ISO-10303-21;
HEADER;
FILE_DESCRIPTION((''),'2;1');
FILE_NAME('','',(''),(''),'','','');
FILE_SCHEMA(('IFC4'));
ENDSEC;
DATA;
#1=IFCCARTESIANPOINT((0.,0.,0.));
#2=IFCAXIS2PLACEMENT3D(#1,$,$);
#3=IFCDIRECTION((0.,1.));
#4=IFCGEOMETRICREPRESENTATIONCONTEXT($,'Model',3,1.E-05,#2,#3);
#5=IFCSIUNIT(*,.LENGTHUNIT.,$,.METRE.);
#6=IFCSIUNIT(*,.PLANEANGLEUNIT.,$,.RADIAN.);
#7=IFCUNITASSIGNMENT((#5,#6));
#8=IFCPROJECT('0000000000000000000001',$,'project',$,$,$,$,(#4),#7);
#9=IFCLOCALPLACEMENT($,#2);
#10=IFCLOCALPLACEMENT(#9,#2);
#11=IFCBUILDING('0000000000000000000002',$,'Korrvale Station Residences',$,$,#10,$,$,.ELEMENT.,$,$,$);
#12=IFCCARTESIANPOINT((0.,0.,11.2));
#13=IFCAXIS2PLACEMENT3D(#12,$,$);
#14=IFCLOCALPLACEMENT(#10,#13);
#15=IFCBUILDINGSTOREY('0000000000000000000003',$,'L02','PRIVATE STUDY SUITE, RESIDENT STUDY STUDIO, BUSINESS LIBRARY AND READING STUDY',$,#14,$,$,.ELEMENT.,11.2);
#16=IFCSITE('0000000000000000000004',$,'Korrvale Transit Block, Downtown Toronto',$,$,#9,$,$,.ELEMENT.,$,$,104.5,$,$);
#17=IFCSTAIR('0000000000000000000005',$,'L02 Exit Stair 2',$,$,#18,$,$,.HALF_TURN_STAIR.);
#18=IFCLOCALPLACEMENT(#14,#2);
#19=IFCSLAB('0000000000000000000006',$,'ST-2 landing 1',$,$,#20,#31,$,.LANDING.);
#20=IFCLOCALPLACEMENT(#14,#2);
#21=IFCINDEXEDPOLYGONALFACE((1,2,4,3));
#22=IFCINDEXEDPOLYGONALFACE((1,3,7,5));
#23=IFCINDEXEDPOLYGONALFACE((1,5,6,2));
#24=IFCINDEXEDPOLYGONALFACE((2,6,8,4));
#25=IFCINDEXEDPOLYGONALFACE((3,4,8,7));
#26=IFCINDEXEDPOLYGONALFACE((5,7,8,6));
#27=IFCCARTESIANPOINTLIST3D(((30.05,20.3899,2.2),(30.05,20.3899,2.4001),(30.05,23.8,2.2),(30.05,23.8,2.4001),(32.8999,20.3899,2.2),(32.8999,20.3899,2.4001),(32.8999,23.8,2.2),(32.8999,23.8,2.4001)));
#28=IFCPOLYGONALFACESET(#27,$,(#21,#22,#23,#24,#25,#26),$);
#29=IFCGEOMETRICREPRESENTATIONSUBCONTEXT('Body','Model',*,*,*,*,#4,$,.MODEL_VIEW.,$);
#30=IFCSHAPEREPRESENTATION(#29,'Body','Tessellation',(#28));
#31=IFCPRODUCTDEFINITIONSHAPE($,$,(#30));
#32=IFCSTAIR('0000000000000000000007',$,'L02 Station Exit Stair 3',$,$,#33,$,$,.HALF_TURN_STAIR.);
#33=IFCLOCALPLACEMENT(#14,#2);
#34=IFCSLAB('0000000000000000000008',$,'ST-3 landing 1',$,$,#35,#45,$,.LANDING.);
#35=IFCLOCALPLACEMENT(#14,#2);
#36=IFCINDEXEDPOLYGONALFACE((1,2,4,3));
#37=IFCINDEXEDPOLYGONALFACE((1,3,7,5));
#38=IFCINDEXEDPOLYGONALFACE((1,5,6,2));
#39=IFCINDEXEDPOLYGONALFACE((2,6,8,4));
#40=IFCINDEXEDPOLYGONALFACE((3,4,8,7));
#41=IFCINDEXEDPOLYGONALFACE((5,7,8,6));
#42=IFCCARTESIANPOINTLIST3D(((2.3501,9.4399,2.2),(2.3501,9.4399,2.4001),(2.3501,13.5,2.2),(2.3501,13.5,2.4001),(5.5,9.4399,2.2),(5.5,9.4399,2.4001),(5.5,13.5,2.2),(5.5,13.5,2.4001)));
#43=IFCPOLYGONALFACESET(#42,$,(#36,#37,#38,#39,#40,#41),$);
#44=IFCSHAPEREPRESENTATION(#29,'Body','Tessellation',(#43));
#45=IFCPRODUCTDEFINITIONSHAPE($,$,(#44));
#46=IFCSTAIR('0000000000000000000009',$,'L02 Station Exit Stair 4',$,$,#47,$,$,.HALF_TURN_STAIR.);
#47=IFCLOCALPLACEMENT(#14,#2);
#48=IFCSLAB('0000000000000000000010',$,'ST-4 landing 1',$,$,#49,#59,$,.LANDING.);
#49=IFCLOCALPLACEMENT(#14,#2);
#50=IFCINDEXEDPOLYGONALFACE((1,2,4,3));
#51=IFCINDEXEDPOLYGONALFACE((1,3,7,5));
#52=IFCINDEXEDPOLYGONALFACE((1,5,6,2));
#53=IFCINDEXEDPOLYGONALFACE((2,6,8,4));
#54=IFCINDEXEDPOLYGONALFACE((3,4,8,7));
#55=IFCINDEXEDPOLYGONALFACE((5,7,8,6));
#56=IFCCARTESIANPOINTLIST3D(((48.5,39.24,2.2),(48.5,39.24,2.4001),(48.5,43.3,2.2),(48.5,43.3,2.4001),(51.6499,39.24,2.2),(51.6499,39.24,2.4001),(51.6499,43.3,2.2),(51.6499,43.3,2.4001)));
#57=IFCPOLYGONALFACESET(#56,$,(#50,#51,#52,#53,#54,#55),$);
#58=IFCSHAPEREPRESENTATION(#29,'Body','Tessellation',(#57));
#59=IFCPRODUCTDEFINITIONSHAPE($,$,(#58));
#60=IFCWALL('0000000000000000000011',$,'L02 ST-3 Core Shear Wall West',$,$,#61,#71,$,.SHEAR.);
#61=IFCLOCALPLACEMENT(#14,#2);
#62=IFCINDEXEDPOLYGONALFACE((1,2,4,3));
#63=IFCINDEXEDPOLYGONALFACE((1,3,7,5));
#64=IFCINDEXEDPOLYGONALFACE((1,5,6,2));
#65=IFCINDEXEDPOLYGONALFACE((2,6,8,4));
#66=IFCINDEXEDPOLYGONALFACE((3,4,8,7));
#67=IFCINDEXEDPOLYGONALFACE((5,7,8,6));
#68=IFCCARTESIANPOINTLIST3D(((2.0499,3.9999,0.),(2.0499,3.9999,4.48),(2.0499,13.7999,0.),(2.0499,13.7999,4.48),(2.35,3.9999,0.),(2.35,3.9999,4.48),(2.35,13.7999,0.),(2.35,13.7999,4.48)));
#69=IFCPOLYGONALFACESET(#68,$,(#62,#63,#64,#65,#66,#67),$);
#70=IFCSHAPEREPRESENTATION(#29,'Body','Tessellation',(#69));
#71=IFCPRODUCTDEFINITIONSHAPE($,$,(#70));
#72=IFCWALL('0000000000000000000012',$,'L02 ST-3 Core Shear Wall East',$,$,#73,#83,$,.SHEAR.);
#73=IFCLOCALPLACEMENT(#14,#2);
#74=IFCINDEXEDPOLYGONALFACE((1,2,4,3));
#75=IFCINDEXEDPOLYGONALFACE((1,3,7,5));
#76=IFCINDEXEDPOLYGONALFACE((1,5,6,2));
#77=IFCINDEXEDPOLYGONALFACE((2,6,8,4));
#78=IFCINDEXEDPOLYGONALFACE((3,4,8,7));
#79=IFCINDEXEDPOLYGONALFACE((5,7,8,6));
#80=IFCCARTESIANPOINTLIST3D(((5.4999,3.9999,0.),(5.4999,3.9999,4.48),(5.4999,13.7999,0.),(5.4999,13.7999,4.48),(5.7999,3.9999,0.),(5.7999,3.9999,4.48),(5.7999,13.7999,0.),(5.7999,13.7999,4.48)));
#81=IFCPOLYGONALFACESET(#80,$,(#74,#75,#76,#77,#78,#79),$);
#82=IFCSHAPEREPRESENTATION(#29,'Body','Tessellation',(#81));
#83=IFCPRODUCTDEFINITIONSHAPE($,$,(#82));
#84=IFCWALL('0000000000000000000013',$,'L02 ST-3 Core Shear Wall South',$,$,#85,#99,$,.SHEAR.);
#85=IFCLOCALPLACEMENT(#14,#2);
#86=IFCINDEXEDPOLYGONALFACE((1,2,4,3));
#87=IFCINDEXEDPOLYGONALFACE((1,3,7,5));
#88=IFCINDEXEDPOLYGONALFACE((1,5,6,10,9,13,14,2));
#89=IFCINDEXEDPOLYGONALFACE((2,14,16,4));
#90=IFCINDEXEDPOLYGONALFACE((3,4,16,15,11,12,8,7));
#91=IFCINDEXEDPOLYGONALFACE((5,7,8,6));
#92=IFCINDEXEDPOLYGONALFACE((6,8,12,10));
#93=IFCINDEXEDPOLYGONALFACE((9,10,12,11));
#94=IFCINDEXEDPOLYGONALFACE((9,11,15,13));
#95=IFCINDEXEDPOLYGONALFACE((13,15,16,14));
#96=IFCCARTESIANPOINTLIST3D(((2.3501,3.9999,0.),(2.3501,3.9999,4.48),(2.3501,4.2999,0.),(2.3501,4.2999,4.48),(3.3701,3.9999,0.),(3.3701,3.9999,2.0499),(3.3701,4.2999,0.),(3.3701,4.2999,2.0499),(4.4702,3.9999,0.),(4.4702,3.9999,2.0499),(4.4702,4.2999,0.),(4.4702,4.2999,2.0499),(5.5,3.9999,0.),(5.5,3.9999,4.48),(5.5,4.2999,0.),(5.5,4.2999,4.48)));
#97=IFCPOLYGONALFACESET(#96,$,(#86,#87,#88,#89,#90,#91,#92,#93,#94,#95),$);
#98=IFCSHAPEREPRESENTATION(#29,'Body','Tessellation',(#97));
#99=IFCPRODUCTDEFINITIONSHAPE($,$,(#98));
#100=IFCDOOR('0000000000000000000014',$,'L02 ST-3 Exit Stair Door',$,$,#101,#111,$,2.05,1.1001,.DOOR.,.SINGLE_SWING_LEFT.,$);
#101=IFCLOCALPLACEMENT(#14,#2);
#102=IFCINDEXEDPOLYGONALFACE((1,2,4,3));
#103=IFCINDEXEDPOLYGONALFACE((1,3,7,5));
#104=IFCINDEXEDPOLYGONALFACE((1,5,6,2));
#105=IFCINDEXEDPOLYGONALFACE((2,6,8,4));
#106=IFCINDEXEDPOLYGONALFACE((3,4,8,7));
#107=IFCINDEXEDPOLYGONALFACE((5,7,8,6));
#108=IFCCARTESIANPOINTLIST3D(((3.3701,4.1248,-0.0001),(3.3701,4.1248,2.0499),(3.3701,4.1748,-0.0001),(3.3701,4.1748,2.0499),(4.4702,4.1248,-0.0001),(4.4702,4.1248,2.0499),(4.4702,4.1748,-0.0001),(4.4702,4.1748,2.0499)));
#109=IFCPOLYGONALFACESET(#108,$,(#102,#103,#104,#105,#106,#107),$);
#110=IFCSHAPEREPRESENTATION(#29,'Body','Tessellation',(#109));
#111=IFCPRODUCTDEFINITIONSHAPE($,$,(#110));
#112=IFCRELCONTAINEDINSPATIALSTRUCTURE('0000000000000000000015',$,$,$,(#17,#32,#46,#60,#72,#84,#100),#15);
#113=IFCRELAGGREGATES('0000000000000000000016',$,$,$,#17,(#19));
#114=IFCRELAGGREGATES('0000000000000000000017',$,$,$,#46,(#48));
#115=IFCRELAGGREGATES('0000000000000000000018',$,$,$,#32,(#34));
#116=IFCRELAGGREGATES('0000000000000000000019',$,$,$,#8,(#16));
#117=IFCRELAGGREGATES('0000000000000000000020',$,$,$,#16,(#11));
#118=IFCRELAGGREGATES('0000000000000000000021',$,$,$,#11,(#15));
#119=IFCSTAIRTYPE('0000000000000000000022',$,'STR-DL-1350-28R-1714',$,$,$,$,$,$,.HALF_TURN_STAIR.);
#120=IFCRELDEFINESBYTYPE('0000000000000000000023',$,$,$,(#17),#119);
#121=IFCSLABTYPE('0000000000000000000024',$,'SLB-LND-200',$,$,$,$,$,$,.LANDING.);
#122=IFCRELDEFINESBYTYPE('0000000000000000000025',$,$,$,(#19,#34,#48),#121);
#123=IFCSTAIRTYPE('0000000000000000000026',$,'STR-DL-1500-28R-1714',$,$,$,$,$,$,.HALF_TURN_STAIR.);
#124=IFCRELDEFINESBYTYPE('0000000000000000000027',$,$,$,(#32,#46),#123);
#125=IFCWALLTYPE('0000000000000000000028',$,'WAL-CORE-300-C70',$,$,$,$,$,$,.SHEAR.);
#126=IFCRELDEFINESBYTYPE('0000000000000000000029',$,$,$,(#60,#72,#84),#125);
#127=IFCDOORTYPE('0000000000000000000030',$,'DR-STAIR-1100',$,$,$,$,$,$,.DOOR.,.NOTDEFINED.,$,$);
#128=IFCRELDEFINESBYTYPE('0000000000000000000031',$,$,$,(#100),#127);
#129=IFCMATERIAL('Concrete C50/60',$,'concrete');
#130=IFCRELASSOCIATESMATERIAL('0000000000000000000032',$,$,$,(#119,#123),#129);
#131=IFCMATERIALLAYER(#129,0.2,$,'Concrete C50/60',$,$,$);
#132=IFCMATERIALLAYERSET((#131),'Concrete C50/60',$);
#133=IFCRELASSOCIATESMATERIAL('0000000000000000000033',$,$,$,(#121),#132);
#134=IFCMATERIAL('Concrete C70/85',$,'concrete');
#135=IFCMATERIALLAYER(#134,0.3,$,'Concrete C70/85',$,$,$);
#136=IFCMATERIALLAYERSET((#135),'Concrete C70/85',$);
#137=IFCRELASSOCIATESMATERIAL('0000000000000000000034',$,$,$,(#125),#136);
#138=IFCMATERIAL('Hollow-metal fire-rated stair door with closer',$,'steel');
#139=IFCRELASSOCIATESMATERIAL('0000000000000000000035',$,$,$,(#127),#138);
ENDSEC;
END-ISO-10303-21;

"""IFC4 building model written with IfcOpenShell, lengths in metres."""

from ifc_helpers import new_model, si_unit, direction, frame, frame_2d, origin, place, context, subcontext, project, spatial, polyline, rectangle, outline, extrude, material, layer, layer_set, type_object, element, fill, aggregate, save


model = new_model("IFC4")

# Units and contexts
model_context = context("Model", 3, precision=1e-05, world=origin(), true_north=direction((0.0, 1.0)))
body_context = subcontext(model_context, "Body", "Model", "MODEL_VIEW")
ifc_project = project(units=[si_unit("LENGTHUNIT", "METRE"), si_unit("PLANEANGLEUNIT", "RADIAN")], contexts=[model_context])

# Site, building, storey
site_placement = place(None, origin())
site = spatial("IfcSite", under=ifc_project, at=site_placement, Name="Korrvale Transit Block, Downtown Toronto", CompositionType="ELEMENT", RefElevation=104.5)
building_placement = place(site_placement, origin())
building = spatial("IfcBuilding", under=site, at=building_placement, Name="Korrvale Station Residences", CompositionType="ELEMENT")
storey_placement = place(building_placement, frame((0.0, 0.0, 11.2)))
storey = spatial("IfcBuildingStorey", under=building, at=storey_placement, Name="L02", Description="PRIVATE STUDY SUITE, RESIDENT STUDY STUDIO, BUSINESS LIBRARY AND READING STUDY", CompositionType="ELEMENT", Elevation=11.2)

# Shared definitions
ifc_material_1 = material(Name="Concrete C70/85", Category="concrete")

# Shared definitions
ifc_material_2 = material(Name="Concrete C50/60", Category="concrete")

# Stairs, slabs
stair_type_1 = type_object("IfcStairType", Name="STR-DL-1350-28R-1714", PredefinedType="HALF_TURN_STAIR", material=ifc_material_2)
ifc_layer_1 = layer(ifc_material_2, 0.2, Name="Concrete C50/60")
ifc_layer_set_1 = layer_set([ifc_layer_1], Name="Concrete C50/60")
slab_type_1 = type_object("IfcSlabType", Name="SLB-LND-200", PredefinedType="LANDING", material=ifc_layer_set_1)
stair_1_placement = place(storey_placement, origin())
stair_1 = element("IfcStair", 1, at=stair_1_placement, inside=storey, type_object=stair_type_1, Name="L02 Exit Stair 2", PredefinedType="HALF_TURN_STAIR")
slab_1_placement = place(storey_placement, frame((0.0, 0.0, 2.2)))
slab_1 = element("IfcSlab", 2, at=slab_1_placement, type_object=slab_type_1, Name="ST-2 landing 1", PredefinedType="LANDING", context=body_context, shape_type="SweptSolid", body=[
    extrude(outline(polyline([(32.8999, 20.3899), (32.8999, 23.8), (30.05, 23.8), (30.05, 20.3899), (32.8999, 20.3899)])), origin(), (0.0, 0.0, 1.0), 0.2002),
])
aggregate(stair_1, [slab_1])
stair_type_2 = type_object("IfcStairType", Name="STR-DL-1500-28R-1714", PredefinedType="HALF_TURN_STAIR", material=ifc_material_2)
stair_2_placement = place(storey_placement, origin())
stair_2 = element("IfcStair", 3, at=stair_2_placement, inside=storey, type_object=stair_type_2, Name="L02 Station Exit Stair 3", PredefinedType="HALF_TURN_STAIR")
slab_2_placement = place(storey_placement, frame((0.0, 0.0, 2.2)))
slab_2 = element("IfcSlab", 4, at=slab_2_placement, type_object=slab_type_1, Name="ST-3 landing 1", PredefinedType="LANDING", context=body_context, shape_type="SweptSolid", body=[
    extrude(outline(polyline([(5.5, 9.4399), (5.5, 13.5), (2.3501, 13.5), (2.3501, 9.4399), (5.5, 9.4399)])), origin(), (0.0, 0.0, 1.0), 0.2002),
])
stair_3_placement = place(storey_placement, origin())
stair_3 = element("IfcStair", 5, at=stair_3_placement, inside=storey, type_object=stair_type_2, Name="L02 Station Exit Stair 4", PredefinedType="HALF_TURN_STAIR")
slab_3_placement = place(storey_placement, frame((0.0, 0.0, 2.2)))
slab_3 = element("IfcSlab", 6, at=slab_3_placement, type_object=slab_type_1, Name="ST-4 landing 1", PredefinedType="LANDING", context=body_context, shape_type="SweptSolid", body=[
    extrude(outline(polyline([(51.6499, 39.24), (51.6499, 43.3), (48.5, 43.3), (48.5, 39.24), (51.6499, 39.24)])), origin(), (0.0, 0.0, 1.0), 0.2002),
])
aggregate(stair_3, [slab_3])

# Walls
ifc_layer_2 = layer(ifc_material_1, 0.3, Name="Concrete C70/85")
ifc_layer_set_2 = layer_set([ifc_layer_2], Name="Concrete C70/85")
wall_type_1 = type_object("IfcWallType", Name="WAL-CORE-300-C70", PredefinedType="SHEAR", material=ifc_layer_set_2)
for number, where, z_axis, x_axis, name in (
    (7, (2.2, 4.0, 0.0), (0.0, 0.0, 1.0), (0.0, 1.0, 0.0), "L02 ST-3 Core Shear Wall West"),
    (8, (5.6499, 4.0, 0.0), (0.0, 0.0, 1.0), (0.0, 1.0, 0.0), "L02 ST-3 Core Shear Wall East"),
):
    element("IfcWall", number, at=place(storey_placement, frame(where, z_axis=z_axis, x_axis=x_axis)), inside=storey, type_object=wall_type_1, Name=name, PredefinedType="SHEAR", context=body_context, shape_type="SweptSolid", body=[
        extrude(rectangle(XDim=9.8, YDim=0.3, at=frame_2d((4.8999, 0.0))), origin(), (0.0, 0.0, 1.0), 4.48),
    ])

# Wall, opening, door
wall_1_placement = place(storey_placement, frame((2.3501, 4.1499, 0.0), z_axis=(0.0, 0.0, 1.0), x_axis=(1.0, 0.0, 0.0)))
wall_1 = element("IfcWall", 9, at=wall_1_placement, inside=storey, type_object=wall_type_1, Name="L02 ST-3 Core Shear Wall South", PredefinedType="SHEAR", context=body_context, shape_type="SweptSolid", body=[
    extrude(rectangle(XDim=3.1499, YDim=0.3, at=frame_2d((1.575, 0.0))), origin(), (0.0, 0.0, 1.0), 4.48),
])
opening_1_placement = place(wall_1_placement, frame((1.02, 0.0, 0.0)))
opening_1 = element("IfcOpeningElement", 10, at=opening_1_placement, cuts=wall_1, PredefinedType="OPENING", context=body_context, shape_type="SweptSolid", body=[
    extrude(rectangle(XDim=1.1001, YDim=2.05, at=frame_2d((0.55, 1.0249))), frame((0.0, 0.1602, 0.0), z_axis=(0.0, -1.0, 0.0), x_axis=(1.0, 0.0, 0.0)), (0.0, 0.0, 1.0), 0.3201),
])
ifc_material_3 = material(Name="Hollow-metal fire-rated stair door with closer", Category="steel")
door_type = type_object("IfcDoorType", Name="DR-STAIR-1100", OperationType="NOTDEFINED", PredefinedType="DOOR", material=ifc_material_3)
door_placement = place(opening_1_placement, origin())
door = element("IfcDoor", 11, at=door_placement, inside=storey, type_object=door_type, Name="L02 ST-3 Exit Stair Door", OperationType="SINGLE_SWING_LEFT", OverallHeight=2.05, OverallWidth=1.1001, PredefinedType="DOOR", context=body_context, shape_type="SweptSolid", body=[
    extrude(rectangle(XDim=1.1001, YDim=2.05, at=frame_2d((0.55, 1.0249))), frame((0.0, 0.0249, 0.0), z_axis=(0.0, -1.0, 0.0), x_axis=(1.0, 0.0, 0.0)), (0.0, 0.0, 1.0), 0.05),
])
fill(opening_1, door)

aggregate(stair_2, [slab_2])

save(model, "model.ifc")
